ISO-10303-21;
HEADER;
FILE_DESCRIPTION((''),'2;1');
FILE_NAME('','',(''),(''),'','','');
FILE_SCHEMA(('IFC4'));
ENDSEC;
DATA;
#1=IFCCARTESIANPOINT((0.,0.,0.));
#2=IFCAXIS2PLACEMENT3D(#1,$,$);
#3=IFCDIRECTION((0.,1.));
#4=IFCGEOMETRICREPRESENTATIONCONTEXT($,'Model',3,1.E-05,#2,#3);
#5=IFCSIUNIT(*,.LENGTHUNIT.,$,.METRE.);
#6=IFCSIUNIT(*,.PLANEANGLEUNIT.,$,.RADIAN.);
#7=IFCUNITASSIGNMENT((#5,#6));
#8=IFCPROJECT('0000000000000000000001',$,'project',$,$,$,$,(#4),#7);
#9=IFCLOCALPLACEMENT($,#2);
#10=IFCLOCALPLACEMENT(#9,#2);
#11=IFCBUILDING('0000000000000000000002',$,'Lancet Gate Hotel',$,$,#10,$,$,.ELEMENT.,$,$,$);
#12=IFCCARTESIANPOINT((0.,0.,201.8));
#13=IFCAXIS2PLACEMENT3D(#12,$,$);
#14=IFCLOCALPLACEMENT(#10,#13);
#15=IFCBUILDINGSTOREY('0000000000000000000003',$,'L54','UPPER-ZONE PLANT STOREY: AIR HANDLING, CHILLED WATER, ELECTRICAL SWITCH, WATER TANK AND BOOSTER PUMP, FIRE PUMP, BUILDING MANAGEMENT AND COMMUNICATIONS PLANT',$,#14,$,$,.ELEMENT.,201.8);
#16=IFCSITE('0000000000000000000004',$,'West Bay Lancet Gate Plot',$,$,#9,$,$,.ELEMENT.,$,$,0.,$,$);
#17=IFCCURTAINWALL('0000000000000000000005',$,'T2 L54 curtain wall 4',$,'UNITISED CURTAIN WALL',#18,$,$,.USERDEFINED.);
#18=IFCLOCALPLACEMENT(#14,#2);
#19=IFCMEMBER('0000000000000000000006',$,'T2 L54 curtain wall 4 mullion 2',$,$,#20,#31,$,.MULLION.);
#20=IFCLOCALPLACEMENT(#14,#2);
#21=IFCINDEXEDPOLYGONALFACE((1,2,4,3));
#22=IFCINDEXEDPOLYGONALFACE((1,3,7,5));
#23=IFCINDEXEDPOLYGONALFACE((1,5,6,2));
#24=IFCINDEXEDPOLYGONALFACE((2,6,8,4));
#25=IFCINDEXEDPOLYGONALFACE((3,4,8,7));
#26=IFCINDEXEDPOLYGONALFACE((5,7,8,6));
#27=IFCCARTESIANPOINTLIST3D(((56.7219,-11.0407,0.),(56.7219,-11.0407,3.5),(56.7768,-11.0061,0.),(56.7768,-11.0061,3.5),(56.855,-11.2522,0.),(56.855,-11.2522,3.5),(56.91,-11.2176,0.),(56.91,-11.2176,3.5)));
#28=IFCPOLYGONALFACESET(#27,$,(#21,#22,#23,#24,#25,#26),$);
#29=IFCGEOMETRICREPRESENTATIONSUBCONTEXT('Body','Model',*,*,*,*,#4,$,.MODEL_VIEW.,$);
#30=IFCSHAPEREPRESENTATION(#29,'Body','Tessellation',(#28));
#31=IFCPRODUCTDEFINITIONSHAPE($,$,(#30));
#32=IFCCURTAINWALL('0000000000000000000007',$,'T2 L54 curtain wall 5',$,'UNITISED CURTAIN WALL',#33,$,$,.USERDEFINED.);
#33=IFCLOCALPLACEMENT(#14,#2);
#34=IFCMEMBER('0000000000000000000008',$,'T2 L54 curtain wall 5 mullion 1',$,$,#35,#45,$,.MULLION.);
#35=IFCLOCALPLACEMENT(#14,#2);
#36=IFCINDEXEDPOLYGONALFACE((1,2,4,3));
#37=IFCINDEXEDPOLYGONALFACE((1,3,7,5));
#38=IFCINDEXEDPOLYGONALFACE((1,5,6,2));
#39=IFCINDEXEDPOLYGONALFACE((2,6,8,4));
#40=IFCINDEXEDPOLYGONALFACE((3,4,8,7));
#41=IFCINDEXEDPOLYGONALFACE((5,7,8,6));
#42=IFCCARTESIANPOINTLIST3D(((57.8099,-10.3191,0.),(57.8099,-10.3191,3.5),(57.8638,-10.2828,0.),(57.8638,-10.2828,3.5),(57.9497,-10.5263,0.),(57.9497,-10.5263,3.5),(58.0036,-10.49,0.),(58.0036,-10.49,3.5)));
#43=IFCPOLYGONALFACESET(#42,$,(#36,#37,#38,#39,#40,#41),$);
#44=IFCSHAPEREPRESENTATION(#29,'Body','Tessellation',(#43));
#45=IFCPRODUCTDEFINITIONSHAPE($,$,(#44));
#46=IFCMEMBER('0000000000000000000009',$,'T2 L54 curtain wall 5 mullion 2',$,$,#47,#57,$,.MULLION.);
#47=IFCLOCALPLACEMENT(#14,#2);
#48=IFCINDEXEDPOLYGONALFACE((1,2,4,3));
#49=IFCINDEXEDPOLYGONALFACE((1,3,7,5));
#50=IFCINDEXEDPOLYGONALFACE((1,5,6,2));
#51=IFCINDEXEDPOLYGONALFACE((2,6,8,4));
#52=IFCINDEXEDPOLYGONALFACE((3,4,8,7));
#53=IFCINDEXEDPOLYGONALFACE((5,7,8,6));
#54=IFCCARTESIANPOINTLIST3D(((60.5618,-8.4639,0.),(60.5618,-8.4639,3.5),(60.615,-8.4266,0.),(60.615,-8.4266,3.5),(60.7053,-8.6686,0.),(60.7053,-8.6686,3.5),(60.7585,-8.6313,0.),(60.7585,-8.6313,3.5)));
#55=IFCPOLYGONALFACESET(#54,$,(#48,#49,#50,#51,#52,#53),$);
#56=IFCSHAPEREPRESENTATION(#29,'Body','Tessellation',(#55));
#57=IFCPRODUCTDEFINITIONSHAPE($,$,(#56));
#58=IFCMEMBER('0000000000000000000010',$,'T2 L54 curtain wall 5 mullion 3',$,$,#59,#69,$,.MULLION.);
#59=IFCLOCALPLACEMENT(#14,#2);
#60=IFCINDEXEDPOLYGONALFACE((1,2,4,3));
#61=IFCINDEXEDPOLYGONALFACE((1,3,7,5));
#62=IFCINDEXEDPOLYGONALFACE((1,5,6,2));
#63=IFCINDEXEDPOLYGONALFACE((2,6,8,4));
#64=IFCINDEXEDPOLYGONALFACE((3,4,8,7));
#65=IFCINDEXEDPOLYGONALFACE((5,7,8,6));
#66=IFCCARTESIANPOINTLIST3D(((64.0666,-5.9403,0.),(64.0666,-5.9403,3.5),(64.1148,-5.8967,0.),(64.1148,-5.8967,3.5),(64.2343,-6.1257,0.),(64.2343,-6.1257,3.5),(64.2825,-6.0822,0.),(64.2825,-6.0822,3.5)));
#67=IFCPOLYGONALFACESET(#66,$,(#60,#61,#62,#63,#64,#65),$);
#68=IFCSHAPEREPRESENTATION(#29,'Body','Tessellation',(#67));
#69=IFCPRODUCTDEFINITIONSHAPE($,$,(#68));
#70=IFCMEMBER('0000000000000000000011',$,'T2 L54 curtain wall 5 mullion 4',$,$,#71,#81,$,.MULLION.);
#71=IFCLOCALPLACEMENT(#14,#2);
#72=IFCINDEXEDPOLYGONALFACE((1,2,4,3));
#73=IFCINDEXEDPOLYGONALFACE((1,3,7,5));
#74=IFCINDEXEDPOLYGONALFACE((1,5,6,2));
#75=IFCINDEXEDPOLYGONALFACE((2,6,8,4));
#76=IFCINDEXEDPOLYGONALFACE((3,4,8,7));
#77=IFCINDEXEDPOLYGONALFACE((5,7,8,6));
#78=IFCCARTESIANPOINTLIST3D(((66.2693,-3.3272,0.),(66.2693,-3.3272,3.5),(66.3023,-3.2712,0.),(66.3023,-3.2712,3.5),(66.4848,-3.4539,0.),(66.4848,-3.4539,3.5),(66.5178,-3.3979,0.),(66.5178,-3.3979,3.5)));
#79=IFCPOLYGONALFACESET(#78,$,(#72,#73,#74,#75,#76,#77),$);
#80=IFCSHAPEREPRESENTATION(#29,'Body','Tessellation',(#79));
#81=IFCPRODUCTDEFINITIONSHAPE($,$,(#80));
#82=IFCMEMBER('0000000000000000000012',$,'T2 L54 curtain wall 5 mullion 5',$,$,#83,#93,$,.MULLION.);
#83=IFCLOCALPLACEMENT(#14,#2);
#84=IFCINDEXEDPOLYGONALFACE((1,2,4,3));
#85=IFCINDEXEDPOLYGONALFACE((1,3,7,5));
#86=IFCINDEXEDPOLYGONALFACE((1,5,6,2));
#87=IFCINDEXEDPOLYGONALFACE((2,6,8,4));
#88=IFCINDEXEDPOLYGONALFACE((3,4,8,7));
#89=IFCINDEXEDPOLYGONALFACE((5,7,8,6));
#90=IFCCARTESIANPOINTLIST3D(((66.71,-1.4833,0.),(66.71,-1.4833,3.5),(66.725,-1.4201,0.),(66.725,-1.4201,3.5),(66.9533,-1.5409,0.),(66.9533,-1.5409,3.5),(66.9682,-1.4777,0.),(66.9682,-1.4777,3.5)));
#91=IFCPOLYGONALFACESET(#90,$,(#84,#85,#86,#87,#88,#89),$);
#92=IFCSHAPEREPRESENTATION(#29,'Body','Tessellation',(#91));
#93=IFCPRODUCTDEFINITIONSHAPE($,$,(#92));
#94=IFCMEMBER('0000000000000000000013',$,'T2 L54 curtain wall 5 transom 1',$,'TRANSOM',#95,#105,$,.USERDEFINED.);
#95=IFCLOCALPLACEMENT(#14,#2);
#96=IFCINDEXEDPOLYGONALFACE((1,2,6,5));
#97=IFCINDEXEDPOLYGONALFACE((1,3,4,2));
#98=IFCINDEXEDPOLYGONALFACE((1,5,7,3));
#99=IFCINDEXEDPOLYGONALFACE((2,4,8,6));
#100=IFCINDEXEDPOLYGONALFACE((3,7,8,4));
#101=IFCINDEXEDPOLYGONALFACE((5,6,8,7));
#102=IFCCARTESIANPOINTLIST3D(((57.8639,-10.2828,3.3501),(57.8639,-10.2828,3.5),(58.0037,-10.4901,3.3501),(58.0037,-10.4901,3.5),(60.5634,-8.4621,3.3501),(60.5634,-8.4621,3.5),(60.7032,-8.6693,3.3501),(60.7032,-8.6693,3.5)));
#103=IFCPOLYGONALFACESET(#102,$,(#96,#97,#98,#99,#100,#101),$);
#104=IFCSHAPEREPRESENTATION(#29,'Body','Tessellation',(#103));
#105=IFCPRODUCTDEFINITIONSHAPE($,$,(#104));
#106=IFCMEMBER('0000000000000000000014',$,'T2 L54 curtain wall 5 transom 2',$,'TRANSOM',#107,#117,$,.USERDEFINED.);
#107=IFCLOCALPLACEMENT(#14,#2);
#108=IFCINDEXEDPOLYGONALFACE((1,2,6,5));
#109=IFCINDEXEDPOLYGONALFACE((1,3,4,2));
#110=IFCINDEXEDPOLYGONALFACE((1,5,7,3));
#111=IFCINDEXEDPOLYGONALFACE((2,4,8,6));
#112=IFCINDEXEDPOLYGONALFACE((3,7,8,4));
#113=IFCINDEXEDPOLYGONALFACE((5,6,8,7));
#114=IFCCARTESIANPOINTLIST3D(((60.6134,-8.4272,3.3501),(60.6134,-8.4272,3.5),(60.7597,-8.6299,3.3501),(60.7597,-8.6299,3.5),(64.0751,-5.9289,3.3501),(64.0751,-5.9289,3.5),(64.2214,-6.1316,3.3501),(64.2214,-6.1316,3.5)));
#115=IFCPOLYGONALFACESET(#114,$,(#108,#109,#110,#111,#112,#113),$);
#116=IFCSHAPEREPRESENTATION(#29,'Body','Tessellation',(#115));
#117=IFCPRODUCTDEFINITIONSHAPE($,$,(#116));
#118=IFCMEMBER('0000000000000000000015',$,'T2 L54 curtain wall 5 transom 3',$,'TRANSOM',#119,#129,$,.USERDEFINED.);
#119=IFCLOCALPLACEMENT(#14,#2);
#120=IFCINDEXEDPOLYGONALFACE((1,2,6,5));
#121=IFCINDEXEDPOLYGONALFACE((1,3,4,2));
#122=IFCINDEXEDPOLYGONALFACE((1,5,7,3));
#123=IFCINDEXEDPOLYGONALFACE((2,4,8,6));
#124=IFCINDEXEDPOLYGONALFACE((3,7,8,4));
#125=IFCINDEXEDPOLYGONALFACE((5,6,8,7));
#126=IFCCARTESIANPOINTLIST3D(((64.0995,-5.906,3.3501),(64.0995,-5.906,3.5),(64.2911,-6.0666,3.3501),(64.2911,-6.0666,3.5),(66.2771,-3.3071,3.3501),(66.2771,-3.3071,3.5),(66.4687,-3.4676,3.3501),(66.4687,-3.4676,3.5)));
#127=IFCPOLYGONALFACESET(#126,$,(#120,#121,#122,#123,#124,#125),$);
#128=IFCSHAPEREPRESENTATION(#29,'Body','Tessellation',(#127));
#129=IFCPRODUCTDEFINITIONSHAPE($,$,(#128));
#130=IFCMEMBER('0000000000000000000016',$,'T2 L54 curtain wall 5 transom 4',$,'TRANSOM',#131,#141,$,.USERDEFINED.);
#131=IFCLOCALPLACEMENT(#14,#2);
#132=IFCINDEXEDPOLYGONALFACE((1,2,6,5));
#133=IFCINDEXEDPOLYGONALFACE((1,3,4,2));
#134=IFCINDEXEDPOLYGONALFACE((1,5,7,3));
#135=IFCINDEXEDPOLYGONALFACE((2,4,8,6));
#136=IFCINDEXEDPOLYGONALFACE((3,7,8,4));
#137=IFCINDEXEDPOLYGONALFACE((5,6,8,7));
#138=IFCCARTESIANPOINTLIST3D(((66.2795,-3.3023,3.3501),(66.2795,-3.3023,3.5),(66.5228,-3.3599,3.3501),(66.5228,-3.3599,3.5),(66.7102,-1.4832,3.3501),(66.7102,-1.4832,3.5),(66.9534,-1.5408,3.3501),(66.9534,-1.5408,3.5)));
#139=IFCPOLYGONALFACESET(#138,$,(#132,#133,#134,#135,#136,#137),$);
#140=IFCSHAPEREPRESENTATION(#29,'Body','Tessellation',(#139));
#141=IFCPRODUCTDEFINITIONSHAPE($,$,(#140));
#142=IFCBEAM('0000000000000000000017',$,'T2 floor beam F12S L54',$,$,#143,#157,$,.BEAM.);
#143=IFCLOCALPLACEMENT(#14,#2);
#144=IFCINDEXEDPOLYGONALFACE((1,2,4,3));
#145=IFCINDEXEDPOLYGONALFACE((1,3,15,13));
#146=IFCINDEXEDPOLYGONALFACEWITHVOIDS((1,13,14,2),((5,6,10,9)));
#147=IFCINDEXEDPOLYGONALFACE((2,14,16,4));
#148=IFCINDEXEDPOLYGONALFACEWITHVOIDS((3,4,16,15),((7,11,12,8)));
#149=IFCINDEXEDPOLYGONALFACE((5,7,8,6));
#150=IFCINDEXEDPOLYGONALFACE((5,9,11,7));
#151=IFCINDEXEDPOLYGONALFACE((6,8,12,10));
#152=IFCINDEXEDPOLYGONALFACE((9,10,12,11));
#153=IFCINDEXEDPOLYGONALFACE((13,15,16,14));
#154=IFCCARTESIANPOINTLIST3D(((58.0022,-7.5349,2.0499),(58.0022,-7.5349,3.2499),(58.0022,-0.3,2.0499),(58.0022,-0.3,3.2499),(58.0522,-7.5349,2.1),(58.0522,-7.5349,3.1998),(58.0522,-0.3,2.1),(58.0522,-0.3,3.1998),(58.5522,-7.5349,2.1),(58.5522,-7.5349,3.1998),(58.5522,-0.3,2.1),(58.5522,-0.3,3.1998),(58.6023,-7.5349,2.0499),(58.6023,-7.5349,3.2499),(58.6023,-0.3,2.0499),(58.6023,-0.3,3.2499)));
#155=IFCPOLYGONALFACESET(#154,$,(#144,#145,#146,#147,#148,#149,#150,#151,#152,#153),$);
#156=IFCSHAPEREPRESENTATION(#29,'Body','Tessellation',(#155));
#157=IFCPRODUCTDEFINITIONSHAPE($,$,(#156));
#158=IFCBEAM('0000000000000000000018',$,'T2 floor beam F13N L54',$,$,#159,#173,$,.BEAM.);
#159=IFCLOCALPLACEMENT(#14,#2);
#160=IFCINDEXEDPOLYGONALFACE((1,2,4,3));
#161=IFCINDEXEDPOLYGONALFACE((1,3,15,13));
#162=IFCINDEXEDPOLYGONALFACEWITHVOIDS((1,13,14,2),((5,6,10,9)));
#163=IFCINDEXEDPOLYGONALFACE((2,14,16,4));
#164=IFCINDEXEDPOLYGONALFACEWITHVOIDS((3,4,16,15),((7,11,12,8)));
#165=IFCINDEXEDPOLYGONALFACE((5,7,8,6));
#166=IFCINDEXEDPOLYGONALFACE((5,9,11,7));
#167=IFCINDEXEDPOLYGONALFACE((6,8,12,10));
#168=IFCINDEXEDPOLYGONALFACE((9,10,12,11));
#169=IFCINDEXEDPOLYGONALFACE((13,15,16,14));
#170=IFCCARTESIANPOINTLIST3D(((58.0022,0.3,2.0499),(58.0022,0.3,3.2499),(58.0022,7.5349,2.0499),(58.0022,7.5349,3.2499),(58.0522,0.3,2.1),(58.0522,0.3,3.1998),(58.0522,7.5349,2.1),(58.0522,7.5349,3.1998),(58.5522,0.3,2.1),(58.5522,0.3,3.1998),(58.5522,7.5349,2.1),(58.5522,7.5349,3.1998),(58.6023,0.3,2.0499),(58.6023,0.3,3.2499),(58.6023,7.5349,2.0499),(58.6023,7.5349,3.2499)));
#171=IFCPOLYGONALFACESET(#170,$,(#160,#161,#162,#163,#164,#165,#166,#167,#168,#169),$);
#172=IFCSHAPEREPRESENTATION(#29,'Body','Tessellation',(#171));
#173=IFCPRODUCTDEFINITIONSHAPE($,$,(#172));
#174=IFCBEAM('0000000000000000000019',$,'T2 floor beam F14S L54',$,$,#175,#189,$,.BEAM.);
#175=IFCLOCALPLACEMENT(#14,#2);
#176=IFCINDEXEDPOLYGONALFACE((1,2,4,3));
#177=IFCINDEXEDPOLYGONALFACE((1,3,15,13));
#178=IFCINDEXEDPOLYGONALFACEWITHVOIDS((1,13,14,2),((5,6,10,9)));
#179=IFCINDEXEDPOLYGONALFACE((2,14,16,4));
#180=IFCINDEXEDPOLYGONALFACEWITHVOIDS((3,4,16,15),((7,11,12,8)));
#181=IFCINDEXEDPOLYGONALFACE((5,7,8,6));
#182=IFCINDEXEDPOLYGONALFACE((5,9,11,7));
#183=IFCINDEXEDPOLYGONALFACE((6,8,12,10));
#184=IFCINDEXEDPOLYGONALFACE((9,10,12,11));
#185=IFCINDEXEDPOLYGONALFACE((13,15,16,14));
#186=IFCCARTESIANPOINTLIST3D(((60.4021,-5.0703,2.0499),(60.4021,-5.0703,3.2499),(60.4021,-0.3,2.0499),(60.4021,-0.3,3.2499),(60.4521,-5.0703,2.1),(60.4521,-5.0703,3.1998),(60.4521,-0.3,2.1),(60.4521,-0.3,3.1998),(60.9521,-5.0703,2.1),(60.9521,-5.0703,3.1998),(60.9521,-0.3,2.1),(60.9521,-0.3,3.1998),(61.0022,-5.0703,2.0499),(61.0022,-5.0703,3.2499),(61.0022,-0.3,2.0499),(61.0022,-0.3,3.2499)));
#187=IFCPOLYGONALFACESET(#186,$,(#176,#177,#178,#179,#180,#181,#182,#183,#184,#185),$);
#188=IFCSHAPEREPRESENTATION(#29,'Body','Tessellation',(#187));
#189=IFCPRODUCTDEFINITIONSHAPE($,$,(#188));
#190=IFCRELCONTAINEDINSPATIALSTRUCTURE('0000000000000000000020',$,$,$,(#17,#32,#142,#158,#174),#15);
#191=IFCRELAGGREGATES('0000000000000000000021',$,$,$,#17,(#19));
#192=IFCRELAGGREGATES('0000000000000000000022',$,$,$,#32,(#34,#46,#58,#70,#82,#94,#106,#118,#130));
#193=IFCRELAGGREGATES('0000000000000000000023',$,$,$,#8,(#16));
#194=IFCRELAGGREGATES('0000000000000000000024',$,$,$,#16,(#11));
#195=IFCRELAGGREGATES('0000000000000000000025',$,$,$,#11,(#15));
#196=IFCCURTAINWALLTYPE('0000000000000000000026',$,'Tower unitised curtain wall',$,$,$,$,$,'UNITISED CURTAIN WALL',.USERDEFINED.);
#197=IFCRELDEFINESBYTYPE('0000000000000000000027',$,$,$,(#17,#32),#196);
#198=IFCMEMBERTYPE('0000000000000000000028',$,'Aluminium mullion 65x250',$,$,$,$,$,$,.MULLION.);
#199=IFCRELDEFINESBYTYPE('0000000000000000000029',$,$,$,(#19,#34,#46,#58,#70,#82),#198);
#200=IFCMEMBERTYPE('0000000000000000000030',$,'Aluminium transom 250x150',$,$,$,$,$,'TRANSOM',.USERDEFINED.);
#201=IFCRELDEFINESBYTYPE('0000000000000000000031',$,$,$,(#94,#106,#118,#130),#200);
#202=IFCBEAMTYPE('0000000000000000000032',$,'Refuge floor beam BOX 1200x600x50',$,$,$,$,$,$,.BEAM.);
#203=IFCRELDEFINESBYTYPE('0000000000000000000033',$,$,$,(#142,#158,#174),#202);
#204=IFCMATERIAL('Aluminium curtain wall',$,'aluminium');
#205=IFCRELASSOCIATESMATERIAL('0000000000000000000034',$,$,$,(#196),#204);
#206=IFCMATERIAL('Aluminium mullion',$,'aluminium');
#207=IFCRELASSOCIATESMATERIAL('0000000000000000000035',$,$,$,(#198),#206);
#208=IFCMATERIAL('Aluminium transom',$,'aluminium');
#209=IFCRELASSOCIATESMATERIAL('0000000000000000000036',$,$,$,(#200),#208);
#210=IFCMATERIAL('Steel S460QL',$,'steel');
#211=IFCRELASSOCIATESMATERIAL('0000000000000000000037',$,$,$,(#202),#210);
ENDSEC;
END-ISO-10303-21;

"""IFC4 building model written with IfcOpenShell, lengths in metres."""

from ifc_helpers import new_model, si_unit, direction, frame, origin, origin_2d, place, context, subcontext, project, spatial, rectangle, hollow_rectangle, extrude, material, material_profile, profile_set, type_object, element, aggregate, save


model = new_model("IFC4")

# Units and contexts
model_context = context("Model", 3, precision=1e-05, world=origin(), true_north=direction((0.0, 1.0)))
body_context = subcontext(model_context, "Body", "Model", "MODEL_VIEW")
ifc_project = project(units=[si_unit("LENGTHUNIT", "METRE"), si_unit("PLANEANGLEUNIT", "RADIAN")], contexts=[model_context])

# Site, building, storey
site_placement = place(None, origin())
site = spatial("IfcSite", under=ifc_project, at=site_placement, Name="West Bay Lancet Gate Plot", CompositionType="ELEMENT", RefElevation=0.0)
building_placement = place(site_placement, origin())
building = spatial("IfcBuilding", under=site, at=building_placement, Name="Lancet Gate Hotel", CompositionType="ELEMENT")
storey_placement = place(building_placement, frame((0.0, 0.0, 201.8)))
storey = spatial("IfcBuildingStorey", under=building, at=storey_placement, Name="L54", Description="UPPER-ZONE PLANT STOREY: AIR HANDLING, CHILLED WATER, ELECTRICAL SWITCH, WATER TANK AND BOOSTER PUMP, FIRE PUMP, BUILDING MANAGEMENT AND COMMUNICATIONS PLANT", CompositionType="ELEMENT", Elevation=201.8)

# Curtain wall, member
ifc_material_1 = material(Name="Aluminium curtain wall", Category="aluminium")
curtain_wall_type = type_object("IfcCurtainWallType", Name="Tower unitised curtain wall", ElementType="UNITISED CURTAIN WALL", PredefinedType="USERDEFINED", material=ifc_material_1)
curtain_wall_1_placement = place(storey_placement, origin())
curtain_wall_1 = element("IfcCurtainWall", 1, at=curtain_wall_1_placement, inside=storey, type_object=curtain_wall_type, Name="T2 L54 curtain wall 4", ObjectType="UNITISED CURTAIN WALL", PredefinedType="USERDEFINED")
ifc_material_2 = material(Name="Aluminium mullion", Category="aluminium")
ifc_material_profile_1 = material_profile(ifc_material_2, rectangle(XDim=0.0649, YDim=0.25, at=origin_2d()), Name="MULLION 65x250")
ifc_profile_set_1 = profile_set([ifc_material_profile_1], Name="Aluminium mullion")
member_type_1 = type_object("IfcMemberType", Name="Aluminium mullion 65x250", PredefinedType="MULLION", material=ifc_profile_set_1)
member_1_placement = place(storey_placement, frame((56.8159, -11.1292, 0.0), z_axis=(0.0, 0.0, 1.0), x_axis=(0.846352, 0.532623, 0.0)))
member_1 = element("IfcMember", 2, at=member_1_placement, type_object=member_type_1, Name="T2 L54 curtain wall 4 mullion 2", PredefinedType="MULLION", context=body_context, shape_type="SweptSolid", body=[
    extrude(rectangle(XDim=0.0649, YDim=0.25, at=origin_2d()), origin(), (0.0, 0.0, 1.0), 3.5),
])

# Curtain wall, members
curtain_wall_2_placement = place(storey_placement, origin())
curtain_wall_2 = element("IfcCurtainWall", 3, at=curtain_wall_2_placement, inside=storey, type_object=curtain_wall_type, Name="T2 L54 curtain wall 5", ObjectType="UNITISED CURTAIN WALL", PredefinedType="USERDEFINED")
member_2_placement = place(storey_placement, frame((57.9067, -10.4045, 0.0), z_axis=(0.0, 0.0, 1.0), x_axis=(0.829039, 0.559191, 0.0)))
member_2 = element("IfcMember", 4, at=member_2_placement, type_object=member_type_1, Name="T2 L54 curtain wall 5 mullion 1", PredefinedType="MULLION", context=body_context, shape_type="SweptSolid", body=[
    extrude(rectangle(XDim=0.0649, YDim=0.25, at=origin_2d()), origin(), (0.0, 0.0, 1.0), 3.5),
])
member_3_placement = place(storey_placement, frame((60.6602, -8.5476, 0.0), z_axis=(0.0, 0.0, 1.0), x_axis=(0.818866, 0.573985, 0.0)))
member_3 = element("IfcMember", 5, at=member_3_placement, type_object=member_type_1, Name="T2 L54 curtain wall 5 mullion 2", PredefinedType="MULLION", context=body_context, shape_type="SweptSolid", body=[
    extrude(rectangle(XDim=0.0649, YDim=0.25, at=origin_2d()), origin(), (0.0, 0.0, 1.0), 3.5),
])
member_4_placement = place(storey_placement, frame((64.1746, -6.0112, 0.0), z_axis=(0.0, 0.0, 1.0), x_axis=(0.741693, 0.670739, 0.0)))
member_4 = element("IfcMember", 6, at=member_4_placement, type_object=member_type_1, Name="T2 L54 curtain wall 5 mullion 3", PredefinedType="MULLION", context=body_context, shape_type="SweptSolid", body=[
    extrude(rectangle(XDim=0.0649, YDim=0.25, at=origin_2d()), origin(), (0.0, 0.0, 1.0), 3.5),
])
member_5_placement = place(storey_placement, frame((66.3936, -3.3625, 0.0), z_axis=(0.0, 0.0, 1.0), x_axis=(0.506941, 0.861981, 0.0)))
member_5 = element("IfcMember", 7, at=member_5_placement, type_object=member_type_1, Name="T2 L54 curtain wall 5 mullion 4", PredefinedType="MULLION", context=body_context, shape_type="SweptSolid", body=[
    extrude(rectangle(XDim=0.0649, YDim=0.25, at=origin_2d()), origin(), (0.0, 0.0, 1.0), 3.5),
])
member_6_placement = place(storey_placement, frame((66.8391, -1.4805, 0.0), z_axis=(0.0, 0.0, 1.0), x_axis=(0.230367, 0.973104, 0.0)))
member_6 = element("IfcMember", 8, at=member_6_placement, type_object=member_type_1, Name="T2 L54 curtain wall 5 mullion 5", PredefinedType="MULLION", context=body_context, shape_type="SweptSolid", body=[
    extrude(rectangle(XDim=0.0649, YDim=0.25, at=origin_2d()), origin(), (0.0, 0.0, 1.0), 3.5),
])
ifc_material_3 = material(Name="Aluminium transom", Category="aluminium")
ifc_material_profile_2 = material_profile(ifc_material_3, rectangle(XDim=0.25, YDim=0.1499, at=origin_2d()), Name="TRANSOM 250x150")
ifc_profile_set_2 = profile_set([ifc_material_profile_2], Name="Aluminium transom")
member_type_2 = type_object("IfcMemberType", Name="Aluminium transom 250x150", ElementType="TRANSOM", PredefinedType="USERDEFINED", material=ifc_profile_set_2)
member_7_placement = place(storey_placement, frame((57.9338, -10.3865, 3.425), z_axis=(0.829039, 0.559191, 0.0), x_axis=(-0.559191, 0.829039, 0.0)))
member_7 = element("IfcMember", 9, at=member_7_placement, type_object=member_type_2, Name="T2 L54 curtain wall 5 transom 1", ObjectType="TRANSOM", PredefinedType="USERDEFINED", context=body_context, shape_type="SweptSolid", body=[
    extrude(rectangle(XDim=0.25, YDim=0.1499, at=origin_2d()), origin(), (0.0, 0.0, 1.0), 3.2561),
])
member_8_placement = place(storey_placement, frame((60.6865, -8.5286, 3.425), z_axis=(0.81088, 0.585213, 0.0), x_axis=(-0.585213, 0.81088, 0.0)))
member_8 = element("IfcMember", 10, at=member_8_placement, type_object=member_type_2, Name="T2 L54 curtain wall 5 transom 2", ObjectType="TRANSOM", PredefinedType="USERDEFINED", context=body_context, shape_type="SweptSolid", body=[
    extrude(rectangle(XDim=0.25, YDim=0.1499, at=origin_2d()), origin(), (0.0, 0.0, 1.0), 4.269),
])
member_9_placement = place(storey_placement, frame((64.1953, -5.9863, 3.425), z_axis=(0.642229, 0.766513, 0.0), x_axis=(-0.766513, 0.642229, 0.0)))
member_9 = element("IfcMember", 11, at=member_9_placement, type_object=member_type_2, Name="T2 L54 curtain wall 5 transom 3", ObjectType="TRANSOM", PredefinedType="USERDEFINED", context=body_context, shape_type="SweptSolid", body=[
    extrude(rectangle(XDim=0.25, YDim=0.1499, at=origin_2d()), origin(), (0.0, 0.0, 1.0), 3.3906),
])
member_10_placement = place(storey_placement, frame((66.4011, -3.3311, 3.425), z_axis=(0.230379, 0.973101, 0.0), x_axis=(-0.973101, 0.230379, 0.0)))
member_10 = element("IfcMember", 12, at=member_10_placement, type_object=member_type_2, Name="T2 L54 curtain wall 5 transom 4", ObjectType="TRANSOM", PredefinedType="USERDEFINED", context=body_context, shape_type="SweptSolid", body=[
    extrude(rectangle(XDim=0.25, YDim=0.1499, at=origin_2d()), origin(), (0.0, 0.0, 1.0), 1.8694),
])

# Beams
ifc_material_4 = material(Name="Steel S460QL", Category="steel")
ifc_material_profile_3 = material_profile(ifc_material_4, hollow_rectangle(XDim=0.6001, YDim=1.2, WallThickness=0.05, at=origin_2d()), Name="BOX 1200x600x50")
ifc_profile_set_3 = profile_set([ifc_material_profile_3], Name="Steel S460QL")
beam_type_1 = type_object("IfcBeamType", Name="Refuge floor beam BOX 1200x600x50", PredefinedType="BEAM", material=ifc_profile_set_3)
for number, where, z_axis, x_axis, name in (
    (13, (58.3022, -7.5349, 2.6499), (0.0, 1.0, 0.0), (-1.0, 0.0, 0.0), "T2 floor beam F12S L54"),
    (14, (58.3022, 0.3, 2.6499), (0.0, 1.0, 0.0), (-1.0, 0.0, 0.0), "T2 floor beam F13N L54"),
):
    element("IfcBeam", number, at=place(storey_placement, frame(where, z_axis=z_axis, x_axis=x_axis)), inside=storey, type_object=beam_type_1, Name=name, PredefinedType="BEAM", context=body_context, shape_type="SweptSolid", body=[
        extrude(hollow_rectangle(XDim=0.6001, YDim=1.2, WallThickness=0.05, at=origin_2d()), origin(), (0.0, 0.0, 1.0), 7.2349),
    ])
beam_1_placement = place(storey_placement, frame((60.7021, -5.0703, 2.6499), z_axis=(0.0, 1.0, 0.0), x_axis=(-1.0, 0.0, 0.0)))
element("IfcBeam", 15, at=beam_1_placement, inside=storey, type_object=beam_type_1, Name="T2 floor beam F14S L54", PredefinedType="BEAM", context=body_context, shape_type="SweptSolid", body=[
    extrude(hollow_rectangle(XDim=0.6001, YDim=1.2, WallThickness=0.05, at=origin_2d()), origin(), (0.0, 0.0, 1.0), 4.7703),
])

aggregate(curtain_wall_1, [member_1])
aggregate(curtain_wall_2, [member_2, member_3, member_4, member_5, member_6, member_7, member_8, member_9, member_10])

save(model, "model.ifc")
